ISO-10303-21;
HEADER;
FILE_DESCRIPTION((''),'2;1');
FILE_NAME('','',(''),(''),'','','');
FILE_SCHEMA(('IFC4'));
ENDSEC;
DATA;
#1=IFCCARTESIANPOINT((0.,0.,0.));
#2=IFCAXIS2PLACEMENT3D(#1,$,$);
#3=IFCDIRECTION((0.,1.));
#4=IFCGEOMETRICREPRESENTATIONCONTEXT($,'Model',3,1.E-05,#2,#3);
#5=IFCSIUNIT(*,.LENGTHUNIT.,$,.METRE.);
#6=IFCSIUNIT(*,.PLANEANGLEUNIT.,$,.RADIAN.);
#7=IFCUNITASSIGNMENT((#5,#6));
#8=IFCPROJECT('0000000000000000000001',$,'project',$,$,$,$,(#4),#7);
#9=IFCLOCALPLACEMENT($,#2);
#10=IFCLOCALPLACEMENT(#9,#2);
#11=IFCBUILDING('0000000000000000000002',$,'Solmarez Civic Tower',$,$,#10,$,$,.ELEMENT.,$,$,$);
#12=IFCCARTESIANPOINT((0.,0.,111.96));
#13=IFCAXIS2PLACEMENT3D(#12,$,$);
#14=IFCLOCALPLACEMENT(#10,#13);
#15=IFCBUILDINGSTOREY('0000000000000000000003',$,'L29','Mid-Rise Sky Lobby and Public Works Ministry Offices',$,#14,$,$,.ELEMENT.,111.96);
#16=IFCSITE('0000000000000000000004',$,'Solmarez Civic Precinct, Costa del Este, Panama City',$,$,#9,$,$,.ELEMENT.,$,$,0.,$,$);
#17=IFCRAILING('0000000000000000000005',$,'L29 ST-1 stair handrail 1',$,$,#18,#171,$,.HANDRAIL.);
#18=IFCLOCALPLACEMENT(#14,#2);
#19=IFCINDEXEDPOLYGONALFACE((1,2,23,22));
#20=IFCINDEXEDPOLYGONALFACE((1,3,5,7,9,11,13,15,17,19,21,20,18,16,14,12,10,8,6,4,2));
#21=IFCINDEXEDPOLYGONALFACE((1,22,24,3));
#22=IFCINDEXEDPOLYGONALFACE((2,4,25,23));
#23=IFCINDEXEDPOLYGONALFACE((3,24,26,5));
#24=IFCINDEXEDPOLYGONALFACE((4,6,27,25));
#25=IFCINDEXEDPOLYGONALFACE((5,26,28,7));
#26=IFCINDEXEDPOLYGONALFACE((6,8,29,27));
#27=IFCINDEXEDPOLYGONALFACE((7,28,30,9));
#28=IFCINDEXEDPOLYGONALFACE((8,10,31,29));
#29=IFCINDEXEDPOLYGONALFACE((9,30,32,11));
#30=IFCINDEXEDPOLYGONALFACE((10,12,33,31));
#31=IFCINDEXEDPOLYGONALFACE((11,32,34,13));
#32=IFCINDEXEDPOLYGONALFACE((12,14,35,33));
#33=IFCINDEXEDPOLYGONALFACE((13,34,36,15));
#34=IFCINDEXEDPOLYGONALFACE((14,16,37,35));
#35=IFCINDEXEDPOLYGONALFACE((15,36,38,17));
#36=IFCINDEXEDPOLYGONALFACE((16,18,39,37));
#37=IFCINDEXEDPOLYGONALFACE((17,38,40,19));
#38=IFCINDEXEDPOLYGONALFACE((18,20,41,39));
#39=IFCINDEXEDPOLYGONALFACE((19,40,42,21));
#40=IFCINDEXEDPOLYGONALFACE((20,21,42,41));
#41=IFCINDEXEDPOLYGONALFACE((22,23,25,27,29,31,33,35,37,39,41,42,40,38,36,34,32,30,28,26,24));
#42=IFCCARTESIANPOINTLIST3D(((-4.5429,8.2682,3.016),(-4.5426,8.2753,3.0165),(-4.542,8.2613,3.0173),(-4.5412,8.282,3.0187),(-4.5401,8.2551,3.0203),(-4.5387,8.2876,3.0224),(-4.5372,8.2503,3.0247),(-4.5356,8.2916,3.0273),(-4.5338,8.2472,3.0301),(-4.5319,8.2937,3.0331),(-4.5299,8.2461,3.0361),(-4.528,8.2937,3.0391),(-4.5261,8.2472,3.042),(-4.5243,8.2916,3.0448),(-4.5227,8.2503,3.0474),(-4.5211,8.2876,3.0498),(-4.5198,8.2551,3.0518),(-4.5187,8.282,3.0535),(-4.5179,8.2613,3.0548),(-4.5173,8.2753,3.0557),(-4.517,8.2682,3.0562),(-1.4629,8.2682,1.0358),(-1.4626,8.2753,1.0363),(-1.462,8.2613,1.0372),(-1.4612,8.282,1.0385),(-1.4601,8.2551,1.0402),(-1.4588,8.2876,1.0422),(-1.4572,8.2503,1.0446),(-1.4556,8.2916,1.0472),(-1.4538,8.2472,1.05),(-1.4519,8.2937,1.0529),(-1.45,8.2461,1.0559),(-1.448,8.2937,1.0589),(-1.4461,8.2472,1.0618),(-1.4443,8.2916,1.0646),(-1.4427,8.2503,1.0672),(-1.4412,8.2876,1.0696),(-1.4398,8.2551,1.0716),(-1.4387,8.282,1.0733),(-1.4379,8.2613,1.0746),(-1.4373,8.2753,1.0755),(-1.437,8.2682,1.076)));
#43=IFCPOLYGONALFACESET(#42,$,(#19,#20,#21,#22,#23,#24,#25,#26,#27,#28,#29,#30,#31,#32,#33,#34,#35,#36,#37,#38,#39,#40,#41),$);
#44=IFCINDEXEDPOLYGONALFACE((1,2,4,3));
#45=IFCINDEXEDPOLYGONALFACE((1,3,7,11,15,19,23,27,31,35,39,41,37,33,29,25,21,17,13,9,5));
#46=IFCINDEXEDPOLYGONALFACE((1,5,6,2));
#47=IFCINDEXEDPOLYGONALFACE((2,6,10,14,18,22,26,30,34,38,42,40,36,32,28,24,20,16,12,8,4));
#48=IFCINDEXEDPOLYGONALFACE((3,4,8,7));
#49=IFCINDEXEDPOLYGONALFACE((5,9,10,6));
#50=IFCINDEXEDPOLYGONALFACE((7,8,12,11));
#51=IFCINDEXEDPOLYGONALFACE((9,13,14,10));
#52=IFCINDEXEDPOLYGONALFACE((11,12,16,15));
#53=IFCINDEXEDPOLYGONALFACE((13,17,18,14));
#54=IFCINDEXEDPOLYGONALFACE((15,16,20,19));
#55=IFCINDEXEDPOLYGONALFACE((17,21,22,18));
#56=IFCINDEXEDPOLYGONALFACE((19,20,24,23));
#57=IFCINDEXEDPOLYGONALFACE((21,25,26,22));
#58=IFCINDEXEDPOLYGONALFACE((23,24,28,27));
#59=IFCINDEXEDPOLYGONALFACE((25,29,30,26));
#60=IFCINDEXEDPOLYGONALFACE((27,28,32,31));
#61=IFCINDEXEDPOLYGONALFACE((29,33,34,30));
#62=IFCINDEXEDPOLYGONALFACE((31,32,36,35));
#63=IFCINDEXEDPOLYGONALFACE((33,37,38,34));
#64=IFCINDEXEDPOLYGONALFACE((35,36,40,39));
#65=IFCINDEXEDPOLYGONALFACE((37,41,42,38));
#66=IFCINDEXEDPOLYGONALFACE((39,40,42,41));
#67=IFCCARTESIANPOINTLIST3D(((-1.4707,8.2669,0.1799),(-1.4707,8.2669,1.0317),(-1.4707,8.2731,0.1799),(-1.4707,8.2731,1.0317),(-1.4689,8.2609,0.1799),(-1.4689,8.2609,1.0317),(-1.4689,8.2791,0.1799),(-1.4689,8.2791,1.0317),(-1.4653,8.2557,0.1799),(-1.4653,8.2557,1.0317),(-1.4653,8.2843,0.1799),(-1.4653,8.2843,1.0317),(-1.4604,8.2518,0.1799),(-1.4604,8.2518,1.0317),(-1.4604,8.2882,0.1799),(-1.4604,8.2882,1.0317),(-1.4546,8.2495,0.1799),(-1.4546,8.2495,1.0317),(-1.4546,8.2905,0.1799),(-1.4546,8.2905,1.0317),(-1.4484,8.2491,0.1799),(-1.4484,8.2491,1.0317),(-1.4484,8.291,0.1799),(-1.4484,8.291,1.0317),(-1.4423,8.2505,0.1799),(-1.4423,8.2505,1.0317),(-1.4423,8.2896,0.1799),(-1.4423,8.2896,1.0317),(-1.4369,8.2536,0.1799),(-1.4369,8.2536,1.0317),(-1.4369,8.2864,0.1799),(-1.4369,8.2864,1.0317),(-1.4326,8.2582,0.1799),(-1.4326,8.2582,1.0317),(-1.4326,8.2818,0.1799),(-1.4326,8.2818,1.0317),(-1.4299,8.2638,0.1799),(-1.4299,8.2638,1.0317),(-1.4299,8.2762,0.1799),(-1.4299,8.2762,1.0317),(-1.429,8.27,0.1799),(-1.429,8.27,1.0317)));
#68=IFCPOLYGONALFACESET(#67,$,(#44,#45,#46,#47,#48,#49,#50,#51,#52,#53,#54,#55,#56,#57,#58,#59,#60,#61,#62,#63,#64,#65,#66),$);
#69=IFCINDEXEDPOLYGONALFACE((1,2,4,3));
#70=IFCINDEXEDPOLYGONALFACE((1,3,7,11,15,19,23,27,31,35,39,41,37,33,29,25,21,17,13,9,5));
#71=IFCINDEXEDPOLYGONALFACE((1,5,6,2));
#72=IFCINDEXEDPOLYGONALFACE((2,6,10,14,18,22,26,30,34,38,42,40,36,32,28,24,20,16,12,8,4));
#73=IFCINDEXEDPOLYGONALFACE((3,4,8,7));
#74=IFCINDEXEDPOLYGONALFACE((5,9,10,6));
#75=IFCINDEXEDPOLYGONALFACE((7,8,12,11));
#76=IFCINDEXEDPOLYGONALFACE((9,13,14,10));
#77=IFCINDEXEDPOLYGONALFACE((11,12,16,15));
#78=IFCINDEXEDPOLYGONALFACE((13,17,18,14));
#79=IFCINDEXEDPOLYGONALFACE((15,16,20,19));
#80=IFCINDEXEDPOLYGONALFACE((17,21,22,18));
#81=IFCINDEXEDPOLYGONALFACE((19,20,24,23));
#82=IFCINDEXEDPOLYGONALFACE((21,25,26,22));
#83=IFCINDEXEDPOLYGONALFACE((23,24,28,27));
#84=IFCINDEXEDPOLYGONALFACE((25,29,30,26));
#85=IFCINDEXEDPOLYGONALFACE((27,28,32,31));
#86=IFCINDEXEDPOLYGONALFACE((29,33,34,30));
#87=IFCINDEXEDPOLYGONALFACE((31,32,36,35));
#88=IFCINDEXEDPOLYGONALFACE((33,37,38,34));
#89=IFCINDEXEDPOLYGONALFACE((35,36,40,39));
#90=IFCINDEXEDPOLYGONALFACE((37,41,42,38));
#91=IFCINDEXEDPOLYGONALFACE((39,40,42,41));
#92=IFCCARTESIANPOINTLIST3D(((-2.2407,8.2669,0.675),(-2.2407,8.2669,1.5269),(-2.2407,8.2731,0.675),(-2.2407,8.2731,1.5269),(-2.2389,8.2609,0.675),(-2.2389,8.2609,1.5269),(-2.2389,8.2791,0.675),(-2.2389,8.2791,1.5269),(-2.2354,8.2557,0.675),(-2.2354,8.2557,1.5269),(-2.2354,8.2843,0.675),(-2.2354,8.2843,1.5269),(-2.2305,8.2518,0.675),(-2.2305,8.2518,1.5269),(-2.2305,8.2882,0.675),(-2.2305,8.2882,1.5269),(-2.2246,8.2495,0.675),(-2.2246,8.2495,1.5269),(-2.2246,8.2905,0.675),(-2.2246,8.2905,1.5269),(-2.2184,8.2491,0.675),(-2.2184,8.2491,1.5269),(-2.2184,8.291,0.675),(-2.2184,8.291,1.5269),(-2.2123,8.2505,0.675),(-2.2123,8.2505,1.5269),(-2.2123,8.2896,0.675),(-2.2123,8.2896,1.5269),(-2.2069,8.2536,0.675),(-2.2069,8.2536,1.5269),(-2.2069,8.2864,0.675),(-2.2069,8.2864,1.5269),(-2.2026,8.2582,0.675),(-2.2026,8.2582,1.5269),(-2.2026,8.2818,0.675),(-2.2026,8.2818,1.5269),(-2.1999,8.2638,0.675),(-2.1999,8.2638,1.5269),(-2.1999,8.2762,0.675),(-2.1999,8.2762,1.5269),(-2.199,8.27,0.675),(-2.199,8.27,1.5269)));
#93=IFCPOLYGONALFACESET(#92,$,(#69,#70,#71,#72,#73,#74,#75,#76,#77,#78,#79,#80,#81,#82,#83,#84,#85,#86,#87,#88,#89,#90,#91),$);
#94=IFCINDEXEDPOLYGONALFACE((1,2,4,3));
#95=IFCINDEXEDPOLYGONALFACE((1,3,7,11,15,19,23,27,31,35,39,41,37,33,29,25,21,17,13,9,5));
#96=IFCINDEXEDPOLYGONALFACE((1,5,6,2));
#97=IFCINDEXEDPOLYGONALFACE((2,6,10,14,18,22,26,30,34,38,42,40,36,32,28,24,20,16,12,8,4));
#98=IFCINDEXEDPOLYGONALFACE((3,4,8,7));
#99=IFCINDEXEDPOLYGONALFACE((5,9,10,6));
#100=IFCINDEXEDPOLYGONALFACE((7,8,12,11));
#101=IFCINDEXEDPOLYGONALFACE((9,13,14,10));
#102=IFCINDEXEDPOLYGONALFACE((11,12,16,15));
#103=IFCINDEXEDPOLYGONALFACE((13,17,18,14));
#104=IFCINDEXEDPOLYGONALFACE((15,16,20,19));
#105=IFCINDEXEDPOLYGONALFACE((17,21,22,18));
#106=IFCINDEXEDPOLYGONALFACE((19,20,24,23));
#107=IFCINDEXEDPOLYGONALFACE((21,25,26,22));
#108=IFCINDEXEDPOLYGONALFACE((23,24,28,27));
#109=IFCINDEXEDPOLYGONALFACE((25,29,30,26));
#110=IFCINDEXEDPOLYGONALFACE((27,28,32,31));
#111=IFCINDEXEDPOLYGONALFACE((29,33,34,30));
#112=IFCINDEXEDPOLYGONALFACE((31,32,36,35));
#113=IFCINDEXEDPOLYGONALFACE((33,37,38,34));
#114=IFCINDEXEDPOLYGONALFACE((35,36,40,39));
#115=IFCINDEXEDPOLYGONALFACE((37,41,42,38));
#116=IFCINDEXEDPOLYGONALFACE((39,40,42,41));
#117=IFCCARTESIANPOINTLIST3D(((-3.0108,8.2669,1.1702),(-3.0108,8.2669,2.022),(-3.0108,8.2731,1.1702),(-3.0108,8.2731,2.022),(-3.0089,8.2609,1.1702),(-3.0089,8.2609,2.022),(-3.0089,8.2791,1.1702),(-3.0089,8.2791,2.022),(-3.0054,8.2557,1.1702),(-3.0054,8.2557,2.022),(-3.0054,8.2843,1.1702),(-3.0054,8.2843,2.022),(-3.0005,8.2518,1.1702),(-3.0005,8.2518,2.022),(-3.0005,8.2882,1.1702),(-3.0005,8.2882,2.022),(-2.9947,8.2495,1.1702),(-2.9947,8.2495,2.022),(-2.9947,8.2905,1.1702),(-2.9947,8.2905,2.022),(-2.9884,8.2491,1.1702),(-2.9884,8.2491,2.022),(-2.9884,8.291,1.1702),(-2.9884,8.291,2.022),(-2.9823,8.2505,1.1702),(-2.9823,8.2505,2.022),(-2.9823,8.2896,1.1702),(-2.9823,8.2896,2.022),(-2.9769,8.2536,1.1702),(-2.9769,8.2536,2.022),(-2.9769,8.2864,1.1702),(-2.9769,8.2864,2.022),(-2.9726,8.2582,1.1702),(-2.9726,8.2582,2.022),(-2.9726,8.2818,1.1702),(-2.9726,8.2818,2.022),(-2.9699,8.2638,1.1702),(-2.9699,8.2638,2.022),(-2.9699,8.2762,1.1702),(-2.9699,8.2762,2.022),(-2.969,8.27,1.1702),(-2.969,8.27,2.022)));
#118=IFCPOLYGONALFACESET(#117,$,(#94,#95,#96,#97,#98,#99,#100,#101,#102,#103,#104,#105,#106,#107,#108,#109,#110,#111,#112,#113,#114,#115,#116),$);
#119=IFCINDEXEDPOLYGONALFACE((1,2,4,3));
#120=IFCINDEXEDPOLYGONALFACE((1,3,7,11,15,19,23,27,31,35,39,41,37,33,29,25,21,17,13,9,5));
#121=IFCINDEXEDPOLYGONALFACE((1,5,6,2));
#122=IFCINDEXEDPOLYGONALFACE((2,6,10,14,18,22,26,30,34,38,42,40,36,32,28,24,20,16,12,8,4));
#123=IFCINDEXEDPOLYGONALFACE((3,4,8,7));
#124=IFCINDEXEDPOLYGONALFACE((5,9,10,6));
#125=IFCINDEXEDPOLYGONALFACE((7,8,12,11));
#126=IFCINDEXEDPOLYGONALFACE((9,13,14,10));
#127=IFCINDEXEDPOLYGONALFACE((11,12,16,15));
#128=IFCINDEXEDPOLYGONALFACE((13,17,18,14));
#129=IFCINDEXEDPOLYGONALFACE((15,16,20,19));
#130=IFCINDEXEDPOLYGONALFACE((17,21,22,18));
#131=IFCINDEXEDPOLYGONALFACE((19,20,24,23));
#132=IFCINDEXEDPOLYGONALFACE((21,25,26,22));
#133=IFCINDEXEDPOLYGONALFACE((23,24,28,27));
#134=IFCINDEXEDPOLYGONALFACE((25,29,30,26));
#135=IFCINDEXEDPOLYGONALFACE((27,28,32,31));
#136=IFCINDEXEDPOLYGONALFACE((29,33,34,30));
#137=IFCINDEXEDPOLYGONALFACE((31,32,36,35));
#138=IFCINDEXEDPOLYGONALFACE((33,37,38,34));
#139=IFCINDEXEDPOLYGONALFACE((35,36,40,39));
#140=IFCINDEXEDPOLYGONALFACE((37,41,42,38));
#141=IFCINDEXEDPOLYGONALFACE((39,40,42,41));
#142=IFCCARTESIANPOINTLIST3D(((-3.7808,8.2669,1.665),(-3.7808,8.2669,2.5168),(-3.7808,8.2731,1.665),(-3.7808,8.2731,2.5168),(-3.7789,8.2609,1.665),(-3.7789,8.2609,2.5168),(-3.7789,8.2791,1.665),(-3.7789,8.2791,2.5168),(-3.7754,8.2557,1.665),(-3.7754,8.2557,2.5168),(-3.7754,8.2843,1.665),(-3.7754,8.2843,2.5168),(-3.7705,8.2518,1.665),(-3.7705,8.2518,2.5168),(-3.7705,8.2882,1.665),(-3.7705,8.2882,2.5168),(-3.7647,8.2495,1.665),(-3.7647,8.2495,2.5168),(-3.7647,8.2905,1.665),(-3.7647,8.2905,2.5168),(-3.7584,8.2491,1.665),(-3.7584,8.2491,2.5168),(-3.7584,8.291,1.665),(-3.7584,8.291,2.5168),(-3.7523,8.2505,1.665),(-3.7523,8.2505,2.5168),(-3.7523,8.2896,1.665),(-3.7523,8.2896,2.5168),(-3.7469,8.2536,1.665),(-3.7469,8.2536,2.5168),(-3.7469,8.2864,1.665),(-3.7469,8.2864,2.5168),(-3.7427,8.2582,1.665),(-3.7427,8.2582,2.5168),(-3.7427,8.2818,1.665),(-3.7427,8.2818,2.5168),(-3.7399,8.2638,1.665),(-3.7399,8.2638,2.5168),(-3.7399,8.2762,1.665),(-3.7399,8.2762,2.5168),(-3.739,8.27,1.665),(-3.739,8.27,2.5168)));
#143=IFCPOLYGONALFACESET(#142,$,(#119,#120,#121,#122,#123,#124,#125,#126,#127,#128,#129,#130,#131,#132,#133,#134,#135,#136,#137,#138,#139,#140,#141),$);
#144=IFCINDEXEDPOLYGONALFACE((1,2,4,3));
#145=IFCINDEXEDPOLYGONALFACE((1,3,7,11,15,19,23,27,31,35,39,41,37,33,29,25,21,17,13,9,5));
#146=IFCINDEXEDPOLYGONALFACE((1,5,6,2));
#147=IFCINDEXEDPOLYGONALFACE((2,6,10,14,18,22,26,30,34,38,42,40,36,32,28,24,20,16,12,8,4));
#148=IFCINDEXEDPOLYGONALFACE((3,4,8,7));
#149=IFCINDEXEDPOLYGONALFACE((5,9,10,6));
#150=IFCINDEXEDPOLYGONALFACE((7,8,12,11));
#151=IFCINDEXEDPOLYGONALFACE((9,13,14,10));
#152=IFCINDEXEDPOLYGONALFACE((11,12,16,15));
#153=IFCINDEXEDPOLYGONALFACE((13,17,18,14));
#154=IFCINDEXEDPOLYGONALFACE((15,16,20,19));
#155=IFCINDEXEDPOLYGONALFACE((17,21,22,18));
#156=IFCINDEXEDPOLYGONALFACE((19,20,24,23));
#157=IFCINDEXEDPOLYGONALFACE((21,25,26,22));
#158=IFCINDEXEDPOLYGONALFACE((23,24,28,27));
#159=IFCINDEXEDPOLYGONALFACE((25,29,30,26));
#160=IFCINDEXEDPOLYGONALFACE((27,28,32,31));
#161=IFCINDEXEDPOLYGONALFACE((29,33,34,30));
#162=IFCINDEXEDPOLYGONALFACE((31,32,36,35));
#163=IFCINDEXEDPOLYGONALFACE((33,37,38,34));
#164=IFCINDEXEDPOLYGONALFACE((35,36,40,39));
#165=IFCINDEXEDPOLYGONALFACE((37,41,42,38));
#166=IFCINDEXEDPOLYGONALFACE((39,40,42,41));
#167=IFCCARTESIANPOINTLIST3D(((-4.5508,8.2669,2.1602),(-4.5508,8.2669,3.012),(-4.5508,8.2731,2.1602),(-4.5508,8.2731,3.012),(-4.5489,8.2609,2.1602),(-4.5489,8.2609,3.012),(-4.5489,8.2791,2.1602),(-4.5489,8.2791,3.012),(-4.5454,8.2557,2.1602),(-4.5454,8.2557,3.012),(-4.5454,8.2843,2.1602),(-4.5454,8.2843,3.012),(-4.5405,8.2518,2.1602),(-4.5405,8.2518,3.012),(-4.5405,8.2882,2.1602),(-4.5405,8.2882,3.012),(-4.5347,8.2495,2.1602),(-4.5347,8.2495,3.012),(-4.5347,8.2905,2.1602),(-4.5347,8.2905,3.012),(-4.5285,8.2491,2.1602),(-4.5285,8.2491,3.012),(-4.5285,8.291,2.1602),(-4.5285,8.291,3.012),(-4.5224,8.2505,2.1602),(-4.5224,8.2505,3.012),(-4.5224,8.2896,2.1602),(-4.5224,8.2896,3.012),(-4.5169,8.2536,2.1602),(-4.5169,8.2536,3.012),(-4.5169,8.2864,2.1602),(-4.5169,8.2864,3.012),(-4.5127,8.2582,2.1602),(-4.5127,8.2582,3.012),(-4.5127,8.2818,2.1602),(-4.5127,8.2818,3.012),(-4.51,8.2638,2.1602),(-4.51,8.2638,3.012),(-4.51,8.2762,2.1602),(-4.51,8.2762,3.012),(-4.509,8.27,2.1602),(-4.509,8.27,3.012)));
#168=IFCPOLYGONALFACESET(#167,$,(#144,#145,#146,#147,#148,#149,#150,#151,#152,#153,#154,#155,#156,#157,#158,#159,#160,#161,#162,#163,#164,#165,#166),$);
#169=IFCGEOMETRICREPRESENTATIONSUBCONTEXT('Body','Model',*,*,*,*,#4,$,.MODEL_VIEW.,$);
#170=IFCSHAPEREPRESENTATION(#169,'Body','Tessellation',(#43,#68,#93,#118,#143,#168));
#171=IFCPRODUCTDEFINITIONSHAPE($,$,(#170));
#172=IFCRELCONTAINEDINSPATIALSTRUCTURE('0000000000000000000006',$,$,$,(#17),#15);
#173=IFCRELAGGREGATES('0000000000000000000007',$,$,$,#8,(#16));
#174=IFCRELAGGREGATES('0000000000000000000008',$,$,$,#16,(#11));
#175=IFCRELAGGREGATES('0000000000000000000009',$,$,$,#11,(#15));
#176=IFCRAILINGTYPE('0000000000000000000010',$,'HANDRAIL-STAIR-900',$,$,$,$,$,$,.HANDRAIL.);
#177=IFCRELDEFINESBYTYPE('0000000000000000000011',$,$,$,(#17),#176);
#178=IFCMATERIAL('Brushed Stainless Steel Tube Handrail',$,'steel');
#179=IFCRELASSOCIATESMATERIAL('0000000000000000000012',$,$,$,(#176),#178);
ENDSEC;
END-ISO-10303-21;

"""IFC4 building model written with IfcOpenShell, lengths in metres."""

from ifc_helpers import new_model, si_unit, direction, frame, origin, origin_2d, place, context, subcontext, project, spatial, circle, extrude, material, type_object, element, save


model = new_model("IFC4")

# Units and contexts
model_context = context("Model", 3, precision=1e-05, world=origin(), true_north=direction((0.0, 1.0)))
body_context = subcontext(model_context, "Body", "Model", "MODEL_VIEW")
ifc_project = project(units=[si_unit("LENGTHUNIT", "METRE"), si_unit("PLANEANGLEUNIT", "RADIAN")], contexts=[model_context])

# Site, building, storey
site_placement = place(None, origin())
site = spatial("IfcSite", under=ifc_project, at=site_placement, Name="Solmarez Civic Precinct, Costa del Este, Panama City", CompositionType="ELEMENT", RefElevation=0.0)
building_placement = place(site_placement, origin())
building = spatial("IfcBuilding", under=site, at=building_placement, Name="Solmarez Civic Tower", CompositionType="ELEMENT")
storey_placement = place(building_placement, frame((0.0, 0.0, 111.96)))
storey = spatial("IfcBuildingStorey", under=building, at=storey_placement, Name="L29", Description="Mid-Rise Sky Lobby and Public Works Ministry Offices", CompositionType="ELEMENT", Elevation=111.96)

# Railing
ifc_material_1 = material(Name="Brushed Stainless Steel Tube Handrail", Category="steel")
railing_type = type_object("IfcRailingType", Name="HANDRAIL-STAIR-900", PredefinedType="HANDRAIL", material=ifc_material_1)
railing_placement = place(storey_placement, frame((-1.45, 8.27, 0.1799)))
element("IfcRailing", 1, at=railing_placement, inside=storey, type_object=railing_type, Name="L29 ST-1 stair handrail 1", PredefinedType="HANDRAIL", context=body_context, shape_type="SweptSolid", body=[
    extrude(circle(Radius=0.0239, at=origin_2d()), frame((0.0, 0.0, 0.876), z_axis=(-0.841157, 0.0, 0.540791), x_axis=(0.0, -1.0, 0.0)), (0.0, 0.0, 1.0), 3.6616),
    extrude(circle(Radius=0.021, at=origin_2d()), origin(), (0.0, 0.0, 1.0), 0.8518),
    extrude(circle(Radius=0.021, at=origin_2d()), frame((-0.77, 0.0, 0.4951)), (0.0, 0.0, 1.0), 0.8518),
    extrude(circle(Radius=0.021, at=origin_2d()), frame((-1.54, 0.0, 0.9902)), (0.0, 0.0, 1.0), 0.8518),
    extrude(circle(Radius=0.021, at=origin_2d()), frame((-2.3101, 0.0, 1.4851)), (0.0, 0.0, 1.0), 0.8518),
    extrude(circle(Radius=0.021, at=origin_2d()), frame((-3.0801, 0.0, 1.9802)), (0.0, 0.0, 1.0), 0.8518),
])

save(model, "model.ifc")
